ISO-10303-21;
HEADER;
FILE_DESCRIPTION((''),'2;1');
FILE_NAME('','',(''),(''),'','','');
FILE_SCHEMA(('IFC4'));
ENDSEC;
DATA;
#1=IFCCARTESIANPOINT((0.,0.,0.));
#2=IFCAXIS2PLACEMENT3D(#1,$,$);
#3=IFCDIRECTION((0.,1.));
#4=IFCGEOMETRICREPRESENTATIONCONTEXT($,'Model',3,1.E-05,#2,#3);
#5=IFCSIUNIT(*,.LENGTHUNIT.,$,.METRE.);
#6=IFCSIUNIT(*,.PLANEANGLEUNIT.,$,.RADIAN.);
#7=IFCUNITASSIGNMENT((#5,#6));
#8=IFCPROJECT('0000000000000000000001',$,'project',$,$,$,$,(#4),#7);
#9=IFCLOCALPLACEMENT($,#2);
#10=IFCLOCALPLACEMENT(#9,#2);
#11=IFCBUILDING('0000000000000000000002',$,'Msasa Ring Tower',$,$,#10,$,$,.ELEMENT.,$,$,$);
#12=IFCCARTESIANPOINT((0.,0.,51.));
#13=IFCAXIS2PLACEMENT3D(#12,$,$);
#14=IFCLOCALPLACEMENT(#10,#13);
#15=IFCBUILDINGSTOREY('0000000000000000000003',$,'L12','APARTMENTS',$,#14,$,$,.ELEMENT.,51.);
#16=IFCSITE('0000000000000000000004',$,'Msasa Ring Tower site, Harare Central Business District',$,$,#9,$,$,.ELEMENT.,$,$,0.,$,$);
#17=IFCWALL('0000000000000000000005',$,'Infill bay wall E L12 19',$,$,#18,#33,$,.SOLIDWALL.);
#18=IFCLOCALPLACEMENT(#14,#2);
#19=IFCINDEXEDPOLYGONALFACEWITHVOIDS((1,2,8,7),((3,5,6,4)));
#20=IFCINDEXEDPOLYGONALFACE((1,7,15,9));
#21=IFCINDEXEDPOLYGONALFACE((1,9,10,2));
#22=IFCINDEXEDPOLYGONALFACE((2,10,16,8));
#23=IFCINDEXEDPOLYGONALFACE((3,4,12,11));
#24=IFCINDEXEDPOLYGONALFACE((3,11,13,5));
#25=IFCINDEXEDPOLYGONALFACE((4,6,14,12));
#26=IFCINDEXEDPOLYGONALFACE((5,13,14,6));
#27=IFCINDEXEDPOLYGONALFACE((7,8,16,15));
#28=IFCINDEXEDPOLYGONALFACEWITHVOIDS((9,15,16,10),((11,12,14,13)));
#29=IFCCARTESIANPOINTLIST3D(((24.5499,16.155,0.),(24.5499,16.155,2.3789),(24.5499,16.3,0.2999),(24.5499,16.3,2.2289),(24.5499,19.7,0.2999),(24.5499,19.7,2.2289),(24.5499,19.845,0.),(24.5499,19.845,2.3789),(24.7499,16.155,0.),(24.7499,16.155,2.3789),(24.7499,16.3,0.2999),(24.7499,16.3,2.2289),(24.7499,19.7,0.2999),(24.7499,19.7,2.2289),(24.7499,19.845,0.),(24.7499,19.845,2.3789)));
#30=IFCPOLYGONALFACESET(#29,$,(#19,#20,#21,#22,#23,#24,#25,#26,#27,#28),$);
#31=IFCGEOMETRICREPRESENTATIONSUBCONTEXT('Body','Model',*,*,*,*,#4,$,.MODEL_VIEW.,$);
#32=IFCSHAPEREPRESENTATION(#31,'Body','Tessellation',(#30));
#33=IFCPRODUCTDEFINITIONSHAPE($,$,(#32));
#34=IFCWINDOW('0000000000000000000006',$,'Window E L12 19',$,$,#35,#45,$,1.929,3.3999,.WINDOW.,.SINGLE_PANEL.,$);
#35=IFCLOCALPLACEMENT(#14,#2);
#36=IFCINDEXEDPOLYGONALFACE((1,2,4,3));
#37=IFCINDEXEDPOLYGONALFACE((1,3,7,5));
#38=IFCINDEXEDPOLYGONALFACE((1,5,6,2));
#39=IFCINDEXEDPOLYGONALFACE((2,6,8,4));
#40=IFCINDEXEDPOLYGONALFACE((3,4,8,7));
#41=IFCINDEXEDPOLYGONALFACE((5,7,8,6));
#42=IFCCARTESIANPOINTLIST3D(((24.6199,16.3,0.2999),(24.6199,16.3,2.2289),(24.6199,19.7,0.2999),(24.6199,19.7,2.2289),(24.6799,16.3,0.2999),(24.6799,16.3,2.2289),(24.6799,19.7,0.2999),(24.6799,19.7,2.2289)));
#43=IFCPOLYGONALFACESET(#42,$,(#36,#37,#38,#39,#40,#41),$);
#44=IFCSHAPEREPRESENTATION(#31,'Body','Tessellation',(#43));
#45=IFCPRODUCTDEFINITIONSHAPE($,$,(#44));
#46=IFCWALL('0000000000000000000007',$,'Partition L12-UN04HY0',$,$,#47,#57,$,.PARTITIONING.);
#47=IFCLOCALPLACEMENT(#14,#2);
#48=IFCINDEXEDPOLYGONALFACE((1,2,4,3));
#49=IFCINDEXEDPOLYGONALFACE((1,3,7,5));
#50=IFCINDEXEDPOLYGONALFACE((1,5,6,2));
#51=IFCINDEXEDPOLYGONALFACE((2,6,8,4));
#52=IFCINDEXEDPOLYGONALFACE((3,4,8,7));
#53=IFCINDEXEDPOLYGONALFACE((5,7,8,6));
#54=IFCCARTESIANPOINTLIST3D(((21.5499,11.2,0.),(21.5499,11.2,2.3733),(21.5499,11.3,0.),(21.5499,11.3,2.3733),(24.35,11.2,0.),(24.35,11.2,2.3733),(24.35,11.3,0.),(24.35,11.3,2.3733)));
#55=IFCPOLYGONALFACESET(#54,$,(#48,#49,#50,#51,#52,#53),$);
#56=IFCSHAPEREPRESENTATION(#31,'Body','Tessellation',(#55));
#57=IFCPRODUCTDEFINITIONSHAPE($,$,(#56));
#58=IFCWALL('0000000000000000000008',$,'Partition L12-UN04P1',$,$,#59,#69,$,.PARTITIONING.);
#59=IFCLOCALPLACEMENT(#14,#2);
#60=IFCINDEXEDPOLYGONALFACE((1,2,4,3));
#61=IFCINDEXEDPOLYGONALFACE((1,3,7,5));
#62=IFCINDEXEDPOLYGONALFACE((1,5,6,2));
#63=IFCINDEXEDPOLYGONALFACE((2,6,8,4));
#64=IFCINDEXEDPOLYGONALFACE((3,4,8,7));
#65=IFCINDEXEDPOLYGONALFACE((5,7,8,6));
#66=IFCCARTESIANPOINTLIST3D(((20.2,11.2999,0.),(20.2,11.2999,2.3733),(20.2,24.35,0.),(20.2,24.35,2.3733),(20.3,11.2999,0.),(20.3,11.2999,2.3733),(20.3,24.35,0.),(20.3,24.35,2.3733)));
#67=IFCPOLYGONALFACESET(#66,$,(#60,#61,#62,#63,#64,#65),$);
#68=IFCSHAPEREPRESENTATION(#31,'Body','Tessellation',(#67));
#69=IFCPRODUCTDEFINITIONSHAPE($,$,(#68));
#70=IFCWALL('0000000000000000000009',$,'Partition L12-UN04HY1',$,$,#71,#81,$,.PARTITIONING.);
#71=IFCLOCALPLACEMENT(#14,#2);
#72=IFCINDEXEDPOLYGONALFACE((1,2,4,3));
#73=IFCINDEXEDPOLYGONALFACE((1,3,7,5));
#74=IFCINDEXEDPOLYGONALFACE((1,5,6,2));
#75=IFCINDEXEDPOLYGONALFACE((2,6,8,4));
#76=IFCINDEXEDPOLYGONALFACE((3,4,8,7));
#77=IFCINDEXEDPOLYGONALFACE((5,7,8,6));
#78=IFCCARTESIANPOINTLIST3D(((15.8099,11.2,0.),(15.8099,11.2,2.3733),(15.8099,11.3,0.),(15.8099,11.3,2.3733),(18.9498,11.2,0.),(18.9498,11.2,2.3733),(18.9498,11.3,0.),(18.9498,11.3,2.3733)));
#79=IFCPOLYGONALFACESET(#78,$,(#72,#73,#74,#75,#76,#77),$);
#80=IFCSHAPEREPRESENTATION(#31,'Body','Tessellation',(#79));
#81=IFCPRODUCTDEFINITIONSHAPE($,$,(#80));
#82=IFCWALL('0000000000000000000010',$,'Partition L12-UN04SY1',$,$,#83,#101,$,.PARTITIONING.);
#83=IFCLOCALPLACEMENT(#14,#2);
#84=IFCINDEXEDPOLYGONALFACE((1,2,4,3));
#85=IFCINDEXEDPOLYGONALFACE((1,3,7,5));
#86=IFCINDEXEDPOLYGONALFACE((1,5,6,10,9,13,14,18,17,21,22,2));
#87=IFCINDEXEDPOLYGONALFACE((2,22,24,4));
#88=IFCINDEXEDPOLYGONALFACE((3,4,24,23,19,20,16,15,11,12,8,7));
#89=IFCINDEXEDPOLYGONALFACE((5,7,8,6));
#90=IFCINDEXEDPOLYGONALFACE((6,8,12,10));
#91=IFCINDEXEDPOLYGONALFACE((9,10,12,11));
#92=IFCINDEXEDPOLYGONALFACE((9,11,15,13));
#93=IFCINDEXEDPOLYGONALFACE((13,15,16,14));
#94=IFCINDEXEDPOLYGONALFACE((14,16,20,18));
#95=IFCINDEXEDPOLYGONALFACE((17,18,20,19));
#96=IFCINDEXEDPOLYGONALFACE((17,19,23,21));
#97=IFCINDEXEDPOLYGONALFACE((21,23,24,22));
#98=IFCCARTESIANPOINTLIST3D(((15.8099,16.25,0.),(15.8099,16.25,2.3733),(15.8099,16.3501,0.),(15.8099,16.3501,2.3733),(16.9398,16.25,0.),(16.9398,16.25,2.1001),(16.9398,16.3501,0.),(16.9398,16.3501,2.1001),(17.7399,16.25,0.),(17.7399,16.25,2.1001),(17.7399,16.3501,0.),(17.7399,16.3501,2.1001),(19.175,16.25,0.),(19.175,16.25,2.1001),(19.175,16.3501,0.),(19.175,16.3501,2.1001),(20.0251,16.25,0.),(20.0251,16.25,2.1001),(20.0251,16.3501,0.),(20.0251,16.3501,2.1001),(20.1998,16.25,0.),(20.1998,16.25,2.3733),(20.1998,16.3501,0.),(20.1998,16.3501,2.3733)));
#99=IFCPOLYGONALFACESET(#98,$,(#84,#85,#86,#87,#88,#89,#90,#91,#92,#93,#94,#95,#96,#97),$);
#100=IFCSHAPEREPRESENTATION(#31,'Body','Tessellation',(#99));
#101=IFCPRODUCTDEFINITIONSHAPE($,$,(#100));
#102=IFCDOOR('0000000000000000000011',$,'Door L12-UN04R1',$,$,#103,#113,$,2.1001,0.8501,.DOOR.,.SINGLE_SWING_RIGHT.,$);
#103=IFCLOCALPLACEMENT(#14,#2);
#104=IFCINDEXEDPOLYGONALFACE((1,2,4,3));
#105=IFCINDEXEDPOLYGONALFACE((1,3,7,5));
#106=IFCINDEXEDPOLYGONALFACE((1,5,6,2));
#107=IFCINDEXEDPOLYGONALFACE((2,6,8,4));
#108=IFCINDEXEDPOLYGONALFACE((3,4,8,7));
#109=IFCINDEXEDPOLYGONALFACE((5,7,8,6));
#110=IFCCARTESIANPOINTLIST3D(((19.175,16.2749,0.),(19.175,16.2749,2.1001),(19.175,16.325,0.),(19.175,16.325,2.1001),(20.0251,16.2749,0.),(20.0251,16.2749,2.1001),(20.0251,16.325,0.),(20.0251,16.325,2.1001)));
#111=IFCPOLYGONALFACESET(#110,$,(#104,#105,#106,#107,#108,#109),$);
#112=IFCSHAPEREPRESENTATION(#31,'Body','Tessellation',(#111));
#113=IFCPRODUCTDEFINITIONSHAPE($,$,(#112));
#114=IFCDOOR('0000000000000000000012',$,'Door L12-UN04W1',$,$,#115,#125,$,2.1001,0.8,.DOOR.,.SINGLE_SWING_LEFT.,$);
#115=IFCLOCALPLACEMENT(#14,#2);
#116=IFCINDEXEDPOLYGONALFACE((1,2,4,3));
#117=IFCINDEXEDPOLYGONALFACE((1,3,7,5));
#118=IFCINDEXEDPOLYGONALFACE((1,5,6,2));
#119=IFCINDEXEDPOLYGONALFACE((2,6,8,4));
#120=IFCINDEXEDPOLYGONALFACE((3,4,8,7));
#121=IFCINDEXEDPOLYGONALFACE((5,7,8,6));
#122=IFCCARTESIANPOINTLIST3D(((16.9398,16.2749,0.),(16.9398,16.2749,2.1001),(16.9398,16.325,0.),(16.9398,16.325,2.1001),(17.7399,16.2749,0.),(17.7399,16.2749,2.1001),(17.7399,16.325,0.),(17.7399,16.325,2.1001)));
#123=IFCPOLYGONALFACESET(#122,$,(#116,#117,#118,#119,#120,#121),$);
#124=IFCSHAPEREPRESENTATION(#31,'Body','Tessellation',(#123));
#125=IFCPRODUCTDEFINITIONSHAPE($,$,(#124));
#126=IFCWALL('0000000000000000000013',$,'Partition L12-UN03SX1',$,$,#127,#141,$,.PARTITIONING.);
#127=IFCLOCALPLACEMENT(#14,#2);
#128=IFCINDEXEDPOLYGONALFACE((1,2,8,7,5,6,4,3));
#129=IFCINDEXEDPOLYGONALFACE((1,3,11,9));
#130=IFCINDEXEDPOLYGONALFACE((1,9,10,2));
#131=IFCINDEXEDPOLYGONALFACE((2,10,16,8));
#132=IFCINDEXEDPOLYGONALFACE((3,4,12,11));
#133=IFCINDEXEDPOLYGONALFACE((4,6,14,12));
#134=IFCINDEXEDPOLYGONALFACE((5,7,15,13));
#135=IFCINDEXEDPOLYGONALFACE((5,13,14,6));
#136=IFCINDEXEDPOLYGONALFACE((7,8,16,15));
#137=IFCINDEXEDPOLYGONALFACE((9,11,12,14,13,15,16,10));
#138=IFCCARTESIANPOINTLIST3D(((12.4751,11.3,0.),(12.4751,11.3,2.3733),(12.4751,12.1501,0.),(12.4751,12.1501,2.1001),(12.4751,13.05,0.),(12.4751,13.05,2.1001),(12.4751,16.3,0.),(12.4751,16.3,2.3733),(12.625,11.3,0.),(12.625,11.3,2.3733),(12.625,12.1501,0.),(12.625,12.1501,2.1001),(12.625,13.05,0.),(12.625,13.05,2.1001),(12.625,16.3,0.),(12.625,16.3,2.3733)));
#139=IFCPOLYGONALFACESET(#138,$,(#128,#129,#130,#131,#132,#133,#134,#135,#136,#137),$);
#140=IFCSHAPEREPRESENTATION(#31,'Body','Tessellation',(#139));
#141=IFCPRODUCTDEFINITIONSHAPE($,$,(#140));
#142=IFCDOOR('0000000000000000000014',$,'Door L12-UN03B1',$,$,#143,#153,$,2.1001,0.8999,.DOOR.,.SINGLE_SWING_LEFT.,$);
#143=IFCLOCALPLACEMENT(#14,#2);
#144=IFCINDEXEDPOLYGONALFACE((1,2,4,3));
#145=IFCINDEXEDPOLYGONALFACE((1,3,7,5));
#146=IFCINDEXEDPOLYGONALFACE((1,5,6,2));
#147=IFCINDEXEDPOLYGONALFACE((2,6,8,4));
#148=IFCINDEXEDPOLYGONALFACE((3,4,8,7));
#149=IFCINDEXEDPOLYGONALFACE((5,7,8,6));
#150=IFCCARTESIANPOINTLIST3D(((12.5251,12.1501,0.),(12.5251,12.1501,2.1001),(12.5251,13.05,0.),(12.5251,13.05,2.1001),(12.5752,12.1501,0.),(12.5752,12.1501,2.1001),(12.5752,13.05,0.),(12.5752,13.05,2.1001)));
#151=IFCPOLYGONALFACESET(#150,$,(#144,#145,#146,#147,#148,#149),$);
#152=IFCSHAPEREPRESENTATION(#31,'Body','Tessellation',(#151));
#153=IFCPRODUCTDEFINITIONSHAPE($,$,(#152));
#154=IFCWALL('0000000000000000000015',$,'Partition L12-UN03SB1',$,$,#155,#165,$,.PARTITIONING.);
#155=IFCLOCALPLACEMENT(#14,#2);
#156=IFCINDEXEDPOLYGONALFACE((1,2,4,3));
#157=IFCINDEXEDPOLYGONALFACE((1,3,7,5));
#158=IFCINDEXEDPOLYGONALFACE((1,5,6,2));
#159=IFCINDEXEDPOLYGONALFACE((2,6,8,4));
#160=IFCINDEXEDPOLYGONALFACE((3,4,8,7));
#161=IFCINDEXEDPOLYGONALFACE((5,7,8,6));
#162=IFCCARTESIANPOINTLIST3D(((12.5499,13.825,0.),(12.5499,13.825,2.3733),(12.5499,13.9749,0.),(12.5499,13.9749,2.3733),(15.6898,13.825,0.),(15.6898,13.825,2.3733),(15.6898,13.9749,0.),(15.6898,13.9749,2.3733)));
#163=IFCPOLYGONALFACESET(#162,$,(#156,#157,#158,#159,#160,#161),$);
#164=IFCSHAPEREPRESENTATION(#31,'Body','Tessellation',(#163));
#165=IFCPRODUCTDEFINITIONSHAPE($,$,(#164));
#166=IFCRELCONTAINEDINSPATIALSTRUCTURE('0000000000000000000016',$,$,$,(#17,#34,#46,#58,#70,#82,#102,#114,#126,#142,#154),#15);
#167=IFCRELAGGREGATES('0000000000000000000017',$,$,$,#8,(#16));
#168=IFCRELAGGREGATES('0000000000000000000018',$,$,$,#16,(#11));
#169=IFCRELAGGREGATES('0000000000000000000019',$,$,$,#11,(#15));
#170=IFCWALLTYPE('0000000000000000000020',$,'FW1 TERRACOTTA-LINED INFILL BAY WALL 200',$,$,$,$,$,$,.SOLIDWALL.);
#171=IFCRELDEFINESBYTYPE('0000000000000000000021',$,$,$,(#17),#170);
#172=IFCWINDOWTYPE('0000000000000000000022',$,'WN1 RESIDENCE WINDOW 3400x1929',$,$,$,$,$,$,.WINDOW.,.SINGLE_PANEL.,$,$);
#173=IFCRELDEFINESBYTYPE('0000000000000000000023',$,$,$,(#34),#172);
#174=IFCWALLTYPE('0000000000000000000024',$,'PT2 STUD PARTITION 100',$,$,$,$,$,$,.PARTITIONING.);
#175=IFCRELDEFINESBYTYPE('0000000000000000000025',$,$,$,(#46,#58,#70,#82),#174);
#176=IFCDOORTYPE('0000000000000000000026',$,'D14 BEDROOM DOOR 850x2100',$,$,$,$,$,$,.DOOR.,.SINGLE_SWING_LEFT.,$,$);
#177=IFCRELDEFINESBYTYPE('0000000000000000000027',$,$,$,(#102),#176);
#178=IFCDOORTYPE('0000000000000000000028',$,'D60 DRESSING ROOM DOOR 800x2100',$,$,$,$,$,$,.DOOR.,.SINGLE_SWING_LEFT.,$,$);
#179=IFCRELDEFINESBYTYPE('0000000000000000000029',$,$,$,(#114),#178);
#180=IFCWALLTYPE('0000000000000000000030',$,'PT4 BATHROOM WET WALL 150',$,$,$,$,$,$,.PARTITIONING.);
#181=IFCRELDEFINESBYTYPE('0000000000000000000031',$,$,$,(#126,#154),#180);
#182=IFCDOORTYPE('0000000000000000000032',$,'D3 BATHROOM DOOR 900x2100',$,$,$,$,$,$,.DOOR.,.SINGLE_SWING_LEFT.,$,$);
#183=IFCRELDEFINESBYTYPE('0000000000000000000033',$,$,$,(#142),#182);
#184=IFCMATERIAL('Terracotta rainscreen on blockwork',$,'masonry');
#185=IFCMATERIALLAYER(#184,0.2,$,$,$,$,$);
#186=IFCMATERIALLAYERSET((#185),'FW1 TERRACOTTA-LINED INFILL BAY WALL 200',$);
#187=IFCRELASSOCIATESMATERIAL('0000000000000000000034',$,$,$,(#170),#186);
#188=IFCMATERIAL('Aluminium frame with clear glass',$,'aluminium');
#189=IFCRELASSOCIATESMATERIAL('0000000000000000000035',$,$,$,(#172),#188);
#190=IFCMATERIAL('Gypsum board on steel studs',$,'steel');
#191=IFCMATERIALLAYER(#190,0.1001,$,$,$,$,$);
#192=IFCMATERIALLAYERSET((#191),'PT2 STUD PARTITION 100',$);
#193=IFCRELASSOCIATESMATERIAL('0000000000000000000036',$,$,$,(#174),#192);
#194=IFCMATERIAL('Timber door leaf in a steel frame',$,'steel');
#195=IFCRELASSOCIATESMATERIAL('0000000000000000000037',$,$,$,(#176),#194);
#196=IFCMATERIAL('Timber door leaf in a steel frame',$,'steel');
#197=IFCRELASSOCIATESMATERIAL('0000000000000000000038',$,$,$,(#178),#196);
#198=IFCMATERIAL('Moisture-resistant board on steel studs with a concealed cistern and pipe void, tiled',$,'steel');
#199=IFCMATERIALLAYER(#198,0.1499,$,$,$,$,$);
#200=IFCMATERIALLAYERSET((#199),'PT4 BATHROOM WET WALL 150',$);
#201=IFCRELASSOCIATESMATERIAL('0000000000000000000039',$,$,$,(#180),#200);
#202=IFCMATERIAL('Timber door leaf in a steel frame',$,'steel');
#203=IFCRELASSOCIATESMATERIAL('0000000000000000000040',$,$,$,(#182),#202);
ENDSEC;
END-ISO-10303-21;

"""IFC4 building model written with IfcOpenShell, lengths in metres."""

from ifc_helpers import new_model, si_unit, direction, frame, frame_2d, origin, place, context, subcontext, project, spatial, rectangle, extrude, material, layer, layer_set, type_object, element, fill, save


model = new_model("IFC4")

# Units and contexts
model_context = context("Model", 3, precision=1e-05, world=origin(), true_north=direction((0.0, 1.0)))
body_context = subcontext(model_context, "Body", "Model", "MODEL_VIEW")
ifc_project = project(units=[si_unit("LENGTHUNIT", "METRE"), si_unit("PLANEANGLEUNIT", "RADIAN")], contexts=[model_context])

# Site, building, storey
site_placement = place(None, origin())
site = spatial("IfcSite", under=ifc_project, at=site_placement, Name="Msasa Ring Tower site, Harare Central Business District", CompositionType="ELEMENT", RefElevation=0.0)
building_placement = place(site_placement, origin())
building = spatial("IfcBuilding", under=site, at=building_placement, Name="Msasa Ring Tower", CompositionType="ELEMENT")
storey_placement = place(building_placement, frame((0.0, 0.0, 51.0)))
storey = spatial("IfcBuildingStorey", under=building, at=storey_placement, Name="L12", Description="APARTMENTS", CompositionType="ELEMENT", Elevation=51.0)

# Wall, opening, window
ifc_material_1 = material(Name="Terracotta rainscreen on blockwork", Category="masonry")
ifc_layer_1 = layer(ifc_material_1, 0.2)
ifc_layer_set_1 = layer_set([ifc_layer_1], Name="FW1 TERRACOTTA-LINED INFILL BAY WALL 200")
wall_type_1 = type_object("IfcWallType", Name="FW1 TERRACOTTA-LINED INFILL BAY WALL 200", PredefinedType="SOLIDWALL", material=ifc_layer_set_1)
ifc_material_2 = material(Name="Aluminium frame with clear glass", Category="aluminium")
window_type = type_object("IfcWindowType", Name="WN1 RESIDENCE WINDOW 3400x1929", PartitioningType="SINGLE_PANEL", PredefinedType="WINDOW", material=ifc_material_2)
wall_1_placement = place(storey_placement, frame((24.6499, 16.155, 0.0), z_axis=(0.0, 0.0, 1.0), x_axis=(0.0, 1.0, 0.0)))
wall_1 = element("IfcWall", 1, at=wall_1_placement, inside=storey, type_object=wall_type_1, Name="Infill bay wall E L12 19", PredefinedType="SOLIDWALL", context=body_context, shape_type="SweptSolid", body=[
    extrude(rectangle(XDim=3.6899, YDim=0.2, at=frame_2d((1.845, 0.0))), origin(), (0.0, 0.0, 1.0), 2.3789),
])
opening_1_placement = place(wall_1_placement, frame((0.145, 0.0, 0.3)))
opening_1 = element("IfcOpeningElement", 2, at=opening_1_placement, cuts=wall_1, PredefinedType="OPENING", context=body_context, shape_type="SweptSolid", body=[
    extrude(rectangle(XDim=3.3999, YDim=1.929, at=frame_2d((1.7, 0.9644))), frame((0.0, 0.1099, 0.0), z_axis=(0.0, -1.0, 0.0), x_axis=(1.0, 0.0, 0.0)), (0.0, 0.0, 1.0), 0.22),
])
window_1_placement = place(opening_1_placement, origin())
window_1 = element("IfcWindow", 3, at=window_1_placement, inside=storey, type_object=window_type, Name="Window E L12 19", OverallHeight=1.929, OverallWidth=3.3999, PartitioningType="SINGLE_PANEL", PredefinedType="WINDOW", context=body_context, shape_type="SweptSolid", body=[
    extrude(rectangle(XDim=3.3999, YDim=1.929, at=frame_2d((1.7, 0.9644))), frame((0.0, 0.03, 0.0), z_axis=(0.0, -1.0, 0.0), x_axis=(1.0, 0.0, 0.0)), (0.0, 0.0, 1.0), 0.0601),
])
fill(opening_1, window_1)

# Walls
ifc_material_3 = material(Name="Gypsum board on steel studs", Category="steel")
ifc_layer_2 = layer(ifc_material_3, 0.1001)
ifc_layer_set_2 = layer_set([ifc_layer_2], Name="PT2 STUD PARTITION 100")
wall_type_2 = type_object("IfcWallType", Name="PT2 STUD PARTITION 100", PredefinedType="PARTITIONING", material=ifc_layer_set_2)
wall_2_placement = place(storey_placement, frame((21.55, 11.25, 0.0), z_axis=(0.0, 0.0, 1.0), x_axis=(1.0, 0.0, 0.0)))
element("IfcWall", 4, at=wall_2_placement, inside=storey, type_object=wall_type_2, Name="Partition L12-UN04HY0", PredefinedType="PARTITIONING", context=body_context, shape_type="SweptSolid", body=[
    extrude(rectangle(XDim=2.8, YDim=0.1001, at=frame_2d((1.3999, 0.0))), origin(), (0.0, 0.0, 1.0), 2.3733),
])
wall_3_placement = place(storey_placement, frame((20.25, 11.3, 0.0), z_axis=(0.0, 0.0, 1.0), x_axis=(0.0, 1.0, 0.0)))
element("IfcWall", 5, at=wall_3_placement, inside=storey, type_object=wall_type_2, Name="Partition L12-UN04P1", PredefinedType="PARTITIONING", context=body_context, shape_type="SweptSolid", body=[
    extrude(rectangle(XDim=13.05, YDim=0.1001, at=frame_2d((6.5249, 0.0))), origin(), (0.0, 0.0, 1.0), 2.3733),
])
wall_4_placement = place(storey_placement, frame((15.8101, 11.25, 0.0), z_axis=(0.0, 0.0, 1.0), x_axis=(1.0, 0.0, 0.0)))
element("IfcWall", 6, at=wall_4_placement, inside=storey, type_object=wall_type_2, Name="Partition L12-UN04HY1", PredefinedType="PARTITIONING", context=body_context, shape_type="SweptSolid", body=[
    extrude(rectangle(XDim=3.1399, YDim=0.1001, at=frame_2d((1.5698, 0.0))), origin(), (0.0, 0.0, 1.0), 2.3733),
])

# Wall, openings, doors
wall_5_placement = place(storey_placement, frame((15.8101, 16.3, 0.0), z_axis=(0.0, 0.0, 1.0), x_axis=(1.0, 0.0, 0.0)))
wall_5 = element("IfcWall", 7, at=wall_5_placement, inside=storey, type_object=wall_type_2, Name="Partition L12-UN04SY1", PredefinedType="PARTITIONING", context=body_context, shape_type="SweptSolid", body=[
    extrude(rectangle(XDim=4.3899, YDim=0.1001, at=frame_2d((2.1948, 0.0))), origin(), (0.0, 0.0, 1.0), 2.3733),
])
opening_2_placement = place(wall_5_placement, frame((3.365, 0.0, 0.0)))
opening_2 = element("IfcOpeningElement", 8, at=opening_2_placement, cuts=wall_5, PredefinedType="OPENING", context=body_context, shape_type="SweptSolid", body=[
    extrude(rectangle(XDim=0.8501, YDim=2.1001, at=frame_2d((0.425, 1.05))), frame((0.0, 0.0601, 0.0), z_axis=(0.0, -1.0, 0.0), x_axis=(1.0, 0.0, 0.0)), (0.0, 0.0, 1.0), 0.1201),
])
opening_3_placement = place(wall_5_placement, frame((1.1299, 0.0, 0.0)))
opening_3 = element("IfcOpeningElement", 9, at=opening_3_placement, cuts=wall_5, PredefinedType="OPENING", context=body_context, shape_type="SweptSolid", body=[
    extrude(rectangle(XDim=0.8, YDim=2.1001, at=frame_2d((0.3999, 1.05))), frame((0.0, 0.0601, 0.0), z_axis=(0.0, -1.0, 0.0), x_axis=(1.0, 0.0, 0.0)), (0.0, 0.0, 1.0), 0.1201),
])
ifc_material_4 = material(Name="Timber door leaf in a steel frame", Category="steel")
door_type_1 = type_object("IfcDoorType", Name="D14 BEDROOM DOOR 850x2100", OperationType="SINGLE_SWING_LEFT", PredefinedType="DOOR", material=ifc_material_4)
door_1_placement = place(opening_2_placement, origin())
door_1 = element("IfcDoor", 10, at=door_1_placement, inside=storey, type_object=door_type_1, Name="Door L12-UN04R1", OperationType="SINGLE_SWING_RIGHT", OverallHeight=2.1001, OverallWidth=0.8501, PredefinedType="DOOR", context=body_context, shape_type="SweptSolid", body=[
    extrude(rectangle(XDim=0.8501, YDim=2.1001, at=frame_2d((0.425, 1.05))), frame((0.0, 0.0249, 0.0), z_axis=(0.0, -1.0, 0.0), x_axis=(1.0, 0.0, 0.0)), (0.0, 0.0, 1.0), 0.05),
])
fill(opening_2, door_1)
ifc_material_5 = material(Name="Timber door leaf in a steel frame", Category="steel")
door_type_2 = type_object("IfcDoorType", Name="D60 DRESSING ROOM DOOR 800x2100", OperationType="SINGLE_SWING_LEFT", PredefinedType="DOOR", material=ifc_material_5)
door_2_placement = place(opening_3_placement, origin())
door_2 = element("IfcDoor", 11, at=door_2_placement, inside=storey, type_object=door_type_2, Name="Door L12-UN04W1", OperationType="SINGLE_SWING_LEFT", OverallHeight=2.1001, OverallWidth=0.8, PredefinedType="DOOR", context=body_context, shape_type="SweptSolid", body=[
    extrude(rectangle(XDim=0.8, YDim=2.1001, at=frame_2d((0.3999, 1.05))), frame((0.0, 0.0249, 0.0), z_axis=(0.0, -1.0, 0.0), x_axis=(1.0, 0.0, 0.0)), (0.0, 0.0, 1.0), 0.05),
])
fill(opening_3, door_2)

# Wall, opening, door
ifc_material_6 = material(Name="Moisture-resistant board on steel studs with a concealed cistern and pipe void, tiled", Category="steel")
ifc_layer_3 = layer(ifc_material_6, 0.1499)
ifc_layer_set_3 = layer_set([ifc_layer_3], Name="PT4 BATHROOM WET WALL 150")
wall_type_3 = type_object("IfcWallType", Name="PT4 BATHROOM WET WALL 150", PredefinedType="PARTITIONING", material=ifc_layer_set_3)
wall_6_placement = place(storey_placement, frame((12.55, 11.3, 0.0), z_axis=(0.0, 0.0, 1.0), x_axis=(0.0, 1.0, 0.0)))
wall_6 = element("IfcWall", 12, at=wall_6_placement, inside=storey, type_object=wall_type_3, Name="Partition L12-UN03SX1", PredefinedType="PARTITIONING", context=body_context, shape_type="SweptSolid", body=[
    extrude(rectangle(XDim=5.0, YDim=0.1499, at=frame_2d((2.5, 0.0))), origin(), (0.0, 0.0, 1.0), 2.3733),
])
opening_4_placement = place(wall_6_placement, frame((0.8501, 0.0, 0.0)))
opening_4 = element("IfcOpeningElement", 13, at=opening_4_placement, cuts=wall_6, PredefinedType="OPENING", context=body_context, shape_type="SweptSolid", body=[
    extrude(rectangle(XDim=0.8999, YDim=2.1001, at=frame_2d((0.45, 1.05))), frame((0.0, 0.085, 0.0), z_axis=(0.0, -1.0, 0.0), x_axis=(1.0, 0.0, 0.0)), (0.0, 0.0, 1.0), 0.1699),
])
ifc_material_7 = material(Name="Timber door leaf in a steel frame", Category="steel")
door_type_3 = type_object("IfcDoorType", Name="D3 BATHROOM DOOR 900x2100", OperationType="SINGLE_SWING_LEFT", PredefinedType="DOOR", material=ifc_material_7)
door_3_placement = place(opening_4_placement, origin())
door_3 = element("IfcDoor", 14, at=door_3_placement, inside=storey, type_object=door_type_3, Name="Door L12-UN03B1", OperationType="SINGLE_SWING_LEFT", OverallHeight=2.1001, OverallWidth=0.8999, PredefinedType="DOOR", context=body_context, shape_type="SweptSolid", body=[
    extrude(rectangle(XDim=0.8999, YDim=2.1001, at=frame_2d((0.45, 1.05))), frame((0.0, 0.0249, 0.0), z_axis=(0.0, -1.0, 0.0), x_axis=(1.0, 0.0, 0.0)), (0.0, 0.0, 1.0), 0.05),
])
fill(opening_4, door_3)

# Wall
wall_7_placement = place(storey_placement, frame((12.55, 13.8999, 0.0), z_axis=(0.0, 0.0, 1.0), x_axis=(1.0, 0.0, 0.0)))
element("IfcWall", 15, at=wall_7_placement, inside=storey, type_object=wall_type_3, Name="Partition L12-UN03SB1", PredefinedType="PARTITIONING", context=body_context, shape_type="SweptSolid", body=[
    extrude(rectangle(XDim=3.1399, YDim=0.1499, at=frame_2d((1.5698, 0.0))), origin(), (0.0, 0.0, 1.0), 2.3733),
])

save(model, "model.ifc")
